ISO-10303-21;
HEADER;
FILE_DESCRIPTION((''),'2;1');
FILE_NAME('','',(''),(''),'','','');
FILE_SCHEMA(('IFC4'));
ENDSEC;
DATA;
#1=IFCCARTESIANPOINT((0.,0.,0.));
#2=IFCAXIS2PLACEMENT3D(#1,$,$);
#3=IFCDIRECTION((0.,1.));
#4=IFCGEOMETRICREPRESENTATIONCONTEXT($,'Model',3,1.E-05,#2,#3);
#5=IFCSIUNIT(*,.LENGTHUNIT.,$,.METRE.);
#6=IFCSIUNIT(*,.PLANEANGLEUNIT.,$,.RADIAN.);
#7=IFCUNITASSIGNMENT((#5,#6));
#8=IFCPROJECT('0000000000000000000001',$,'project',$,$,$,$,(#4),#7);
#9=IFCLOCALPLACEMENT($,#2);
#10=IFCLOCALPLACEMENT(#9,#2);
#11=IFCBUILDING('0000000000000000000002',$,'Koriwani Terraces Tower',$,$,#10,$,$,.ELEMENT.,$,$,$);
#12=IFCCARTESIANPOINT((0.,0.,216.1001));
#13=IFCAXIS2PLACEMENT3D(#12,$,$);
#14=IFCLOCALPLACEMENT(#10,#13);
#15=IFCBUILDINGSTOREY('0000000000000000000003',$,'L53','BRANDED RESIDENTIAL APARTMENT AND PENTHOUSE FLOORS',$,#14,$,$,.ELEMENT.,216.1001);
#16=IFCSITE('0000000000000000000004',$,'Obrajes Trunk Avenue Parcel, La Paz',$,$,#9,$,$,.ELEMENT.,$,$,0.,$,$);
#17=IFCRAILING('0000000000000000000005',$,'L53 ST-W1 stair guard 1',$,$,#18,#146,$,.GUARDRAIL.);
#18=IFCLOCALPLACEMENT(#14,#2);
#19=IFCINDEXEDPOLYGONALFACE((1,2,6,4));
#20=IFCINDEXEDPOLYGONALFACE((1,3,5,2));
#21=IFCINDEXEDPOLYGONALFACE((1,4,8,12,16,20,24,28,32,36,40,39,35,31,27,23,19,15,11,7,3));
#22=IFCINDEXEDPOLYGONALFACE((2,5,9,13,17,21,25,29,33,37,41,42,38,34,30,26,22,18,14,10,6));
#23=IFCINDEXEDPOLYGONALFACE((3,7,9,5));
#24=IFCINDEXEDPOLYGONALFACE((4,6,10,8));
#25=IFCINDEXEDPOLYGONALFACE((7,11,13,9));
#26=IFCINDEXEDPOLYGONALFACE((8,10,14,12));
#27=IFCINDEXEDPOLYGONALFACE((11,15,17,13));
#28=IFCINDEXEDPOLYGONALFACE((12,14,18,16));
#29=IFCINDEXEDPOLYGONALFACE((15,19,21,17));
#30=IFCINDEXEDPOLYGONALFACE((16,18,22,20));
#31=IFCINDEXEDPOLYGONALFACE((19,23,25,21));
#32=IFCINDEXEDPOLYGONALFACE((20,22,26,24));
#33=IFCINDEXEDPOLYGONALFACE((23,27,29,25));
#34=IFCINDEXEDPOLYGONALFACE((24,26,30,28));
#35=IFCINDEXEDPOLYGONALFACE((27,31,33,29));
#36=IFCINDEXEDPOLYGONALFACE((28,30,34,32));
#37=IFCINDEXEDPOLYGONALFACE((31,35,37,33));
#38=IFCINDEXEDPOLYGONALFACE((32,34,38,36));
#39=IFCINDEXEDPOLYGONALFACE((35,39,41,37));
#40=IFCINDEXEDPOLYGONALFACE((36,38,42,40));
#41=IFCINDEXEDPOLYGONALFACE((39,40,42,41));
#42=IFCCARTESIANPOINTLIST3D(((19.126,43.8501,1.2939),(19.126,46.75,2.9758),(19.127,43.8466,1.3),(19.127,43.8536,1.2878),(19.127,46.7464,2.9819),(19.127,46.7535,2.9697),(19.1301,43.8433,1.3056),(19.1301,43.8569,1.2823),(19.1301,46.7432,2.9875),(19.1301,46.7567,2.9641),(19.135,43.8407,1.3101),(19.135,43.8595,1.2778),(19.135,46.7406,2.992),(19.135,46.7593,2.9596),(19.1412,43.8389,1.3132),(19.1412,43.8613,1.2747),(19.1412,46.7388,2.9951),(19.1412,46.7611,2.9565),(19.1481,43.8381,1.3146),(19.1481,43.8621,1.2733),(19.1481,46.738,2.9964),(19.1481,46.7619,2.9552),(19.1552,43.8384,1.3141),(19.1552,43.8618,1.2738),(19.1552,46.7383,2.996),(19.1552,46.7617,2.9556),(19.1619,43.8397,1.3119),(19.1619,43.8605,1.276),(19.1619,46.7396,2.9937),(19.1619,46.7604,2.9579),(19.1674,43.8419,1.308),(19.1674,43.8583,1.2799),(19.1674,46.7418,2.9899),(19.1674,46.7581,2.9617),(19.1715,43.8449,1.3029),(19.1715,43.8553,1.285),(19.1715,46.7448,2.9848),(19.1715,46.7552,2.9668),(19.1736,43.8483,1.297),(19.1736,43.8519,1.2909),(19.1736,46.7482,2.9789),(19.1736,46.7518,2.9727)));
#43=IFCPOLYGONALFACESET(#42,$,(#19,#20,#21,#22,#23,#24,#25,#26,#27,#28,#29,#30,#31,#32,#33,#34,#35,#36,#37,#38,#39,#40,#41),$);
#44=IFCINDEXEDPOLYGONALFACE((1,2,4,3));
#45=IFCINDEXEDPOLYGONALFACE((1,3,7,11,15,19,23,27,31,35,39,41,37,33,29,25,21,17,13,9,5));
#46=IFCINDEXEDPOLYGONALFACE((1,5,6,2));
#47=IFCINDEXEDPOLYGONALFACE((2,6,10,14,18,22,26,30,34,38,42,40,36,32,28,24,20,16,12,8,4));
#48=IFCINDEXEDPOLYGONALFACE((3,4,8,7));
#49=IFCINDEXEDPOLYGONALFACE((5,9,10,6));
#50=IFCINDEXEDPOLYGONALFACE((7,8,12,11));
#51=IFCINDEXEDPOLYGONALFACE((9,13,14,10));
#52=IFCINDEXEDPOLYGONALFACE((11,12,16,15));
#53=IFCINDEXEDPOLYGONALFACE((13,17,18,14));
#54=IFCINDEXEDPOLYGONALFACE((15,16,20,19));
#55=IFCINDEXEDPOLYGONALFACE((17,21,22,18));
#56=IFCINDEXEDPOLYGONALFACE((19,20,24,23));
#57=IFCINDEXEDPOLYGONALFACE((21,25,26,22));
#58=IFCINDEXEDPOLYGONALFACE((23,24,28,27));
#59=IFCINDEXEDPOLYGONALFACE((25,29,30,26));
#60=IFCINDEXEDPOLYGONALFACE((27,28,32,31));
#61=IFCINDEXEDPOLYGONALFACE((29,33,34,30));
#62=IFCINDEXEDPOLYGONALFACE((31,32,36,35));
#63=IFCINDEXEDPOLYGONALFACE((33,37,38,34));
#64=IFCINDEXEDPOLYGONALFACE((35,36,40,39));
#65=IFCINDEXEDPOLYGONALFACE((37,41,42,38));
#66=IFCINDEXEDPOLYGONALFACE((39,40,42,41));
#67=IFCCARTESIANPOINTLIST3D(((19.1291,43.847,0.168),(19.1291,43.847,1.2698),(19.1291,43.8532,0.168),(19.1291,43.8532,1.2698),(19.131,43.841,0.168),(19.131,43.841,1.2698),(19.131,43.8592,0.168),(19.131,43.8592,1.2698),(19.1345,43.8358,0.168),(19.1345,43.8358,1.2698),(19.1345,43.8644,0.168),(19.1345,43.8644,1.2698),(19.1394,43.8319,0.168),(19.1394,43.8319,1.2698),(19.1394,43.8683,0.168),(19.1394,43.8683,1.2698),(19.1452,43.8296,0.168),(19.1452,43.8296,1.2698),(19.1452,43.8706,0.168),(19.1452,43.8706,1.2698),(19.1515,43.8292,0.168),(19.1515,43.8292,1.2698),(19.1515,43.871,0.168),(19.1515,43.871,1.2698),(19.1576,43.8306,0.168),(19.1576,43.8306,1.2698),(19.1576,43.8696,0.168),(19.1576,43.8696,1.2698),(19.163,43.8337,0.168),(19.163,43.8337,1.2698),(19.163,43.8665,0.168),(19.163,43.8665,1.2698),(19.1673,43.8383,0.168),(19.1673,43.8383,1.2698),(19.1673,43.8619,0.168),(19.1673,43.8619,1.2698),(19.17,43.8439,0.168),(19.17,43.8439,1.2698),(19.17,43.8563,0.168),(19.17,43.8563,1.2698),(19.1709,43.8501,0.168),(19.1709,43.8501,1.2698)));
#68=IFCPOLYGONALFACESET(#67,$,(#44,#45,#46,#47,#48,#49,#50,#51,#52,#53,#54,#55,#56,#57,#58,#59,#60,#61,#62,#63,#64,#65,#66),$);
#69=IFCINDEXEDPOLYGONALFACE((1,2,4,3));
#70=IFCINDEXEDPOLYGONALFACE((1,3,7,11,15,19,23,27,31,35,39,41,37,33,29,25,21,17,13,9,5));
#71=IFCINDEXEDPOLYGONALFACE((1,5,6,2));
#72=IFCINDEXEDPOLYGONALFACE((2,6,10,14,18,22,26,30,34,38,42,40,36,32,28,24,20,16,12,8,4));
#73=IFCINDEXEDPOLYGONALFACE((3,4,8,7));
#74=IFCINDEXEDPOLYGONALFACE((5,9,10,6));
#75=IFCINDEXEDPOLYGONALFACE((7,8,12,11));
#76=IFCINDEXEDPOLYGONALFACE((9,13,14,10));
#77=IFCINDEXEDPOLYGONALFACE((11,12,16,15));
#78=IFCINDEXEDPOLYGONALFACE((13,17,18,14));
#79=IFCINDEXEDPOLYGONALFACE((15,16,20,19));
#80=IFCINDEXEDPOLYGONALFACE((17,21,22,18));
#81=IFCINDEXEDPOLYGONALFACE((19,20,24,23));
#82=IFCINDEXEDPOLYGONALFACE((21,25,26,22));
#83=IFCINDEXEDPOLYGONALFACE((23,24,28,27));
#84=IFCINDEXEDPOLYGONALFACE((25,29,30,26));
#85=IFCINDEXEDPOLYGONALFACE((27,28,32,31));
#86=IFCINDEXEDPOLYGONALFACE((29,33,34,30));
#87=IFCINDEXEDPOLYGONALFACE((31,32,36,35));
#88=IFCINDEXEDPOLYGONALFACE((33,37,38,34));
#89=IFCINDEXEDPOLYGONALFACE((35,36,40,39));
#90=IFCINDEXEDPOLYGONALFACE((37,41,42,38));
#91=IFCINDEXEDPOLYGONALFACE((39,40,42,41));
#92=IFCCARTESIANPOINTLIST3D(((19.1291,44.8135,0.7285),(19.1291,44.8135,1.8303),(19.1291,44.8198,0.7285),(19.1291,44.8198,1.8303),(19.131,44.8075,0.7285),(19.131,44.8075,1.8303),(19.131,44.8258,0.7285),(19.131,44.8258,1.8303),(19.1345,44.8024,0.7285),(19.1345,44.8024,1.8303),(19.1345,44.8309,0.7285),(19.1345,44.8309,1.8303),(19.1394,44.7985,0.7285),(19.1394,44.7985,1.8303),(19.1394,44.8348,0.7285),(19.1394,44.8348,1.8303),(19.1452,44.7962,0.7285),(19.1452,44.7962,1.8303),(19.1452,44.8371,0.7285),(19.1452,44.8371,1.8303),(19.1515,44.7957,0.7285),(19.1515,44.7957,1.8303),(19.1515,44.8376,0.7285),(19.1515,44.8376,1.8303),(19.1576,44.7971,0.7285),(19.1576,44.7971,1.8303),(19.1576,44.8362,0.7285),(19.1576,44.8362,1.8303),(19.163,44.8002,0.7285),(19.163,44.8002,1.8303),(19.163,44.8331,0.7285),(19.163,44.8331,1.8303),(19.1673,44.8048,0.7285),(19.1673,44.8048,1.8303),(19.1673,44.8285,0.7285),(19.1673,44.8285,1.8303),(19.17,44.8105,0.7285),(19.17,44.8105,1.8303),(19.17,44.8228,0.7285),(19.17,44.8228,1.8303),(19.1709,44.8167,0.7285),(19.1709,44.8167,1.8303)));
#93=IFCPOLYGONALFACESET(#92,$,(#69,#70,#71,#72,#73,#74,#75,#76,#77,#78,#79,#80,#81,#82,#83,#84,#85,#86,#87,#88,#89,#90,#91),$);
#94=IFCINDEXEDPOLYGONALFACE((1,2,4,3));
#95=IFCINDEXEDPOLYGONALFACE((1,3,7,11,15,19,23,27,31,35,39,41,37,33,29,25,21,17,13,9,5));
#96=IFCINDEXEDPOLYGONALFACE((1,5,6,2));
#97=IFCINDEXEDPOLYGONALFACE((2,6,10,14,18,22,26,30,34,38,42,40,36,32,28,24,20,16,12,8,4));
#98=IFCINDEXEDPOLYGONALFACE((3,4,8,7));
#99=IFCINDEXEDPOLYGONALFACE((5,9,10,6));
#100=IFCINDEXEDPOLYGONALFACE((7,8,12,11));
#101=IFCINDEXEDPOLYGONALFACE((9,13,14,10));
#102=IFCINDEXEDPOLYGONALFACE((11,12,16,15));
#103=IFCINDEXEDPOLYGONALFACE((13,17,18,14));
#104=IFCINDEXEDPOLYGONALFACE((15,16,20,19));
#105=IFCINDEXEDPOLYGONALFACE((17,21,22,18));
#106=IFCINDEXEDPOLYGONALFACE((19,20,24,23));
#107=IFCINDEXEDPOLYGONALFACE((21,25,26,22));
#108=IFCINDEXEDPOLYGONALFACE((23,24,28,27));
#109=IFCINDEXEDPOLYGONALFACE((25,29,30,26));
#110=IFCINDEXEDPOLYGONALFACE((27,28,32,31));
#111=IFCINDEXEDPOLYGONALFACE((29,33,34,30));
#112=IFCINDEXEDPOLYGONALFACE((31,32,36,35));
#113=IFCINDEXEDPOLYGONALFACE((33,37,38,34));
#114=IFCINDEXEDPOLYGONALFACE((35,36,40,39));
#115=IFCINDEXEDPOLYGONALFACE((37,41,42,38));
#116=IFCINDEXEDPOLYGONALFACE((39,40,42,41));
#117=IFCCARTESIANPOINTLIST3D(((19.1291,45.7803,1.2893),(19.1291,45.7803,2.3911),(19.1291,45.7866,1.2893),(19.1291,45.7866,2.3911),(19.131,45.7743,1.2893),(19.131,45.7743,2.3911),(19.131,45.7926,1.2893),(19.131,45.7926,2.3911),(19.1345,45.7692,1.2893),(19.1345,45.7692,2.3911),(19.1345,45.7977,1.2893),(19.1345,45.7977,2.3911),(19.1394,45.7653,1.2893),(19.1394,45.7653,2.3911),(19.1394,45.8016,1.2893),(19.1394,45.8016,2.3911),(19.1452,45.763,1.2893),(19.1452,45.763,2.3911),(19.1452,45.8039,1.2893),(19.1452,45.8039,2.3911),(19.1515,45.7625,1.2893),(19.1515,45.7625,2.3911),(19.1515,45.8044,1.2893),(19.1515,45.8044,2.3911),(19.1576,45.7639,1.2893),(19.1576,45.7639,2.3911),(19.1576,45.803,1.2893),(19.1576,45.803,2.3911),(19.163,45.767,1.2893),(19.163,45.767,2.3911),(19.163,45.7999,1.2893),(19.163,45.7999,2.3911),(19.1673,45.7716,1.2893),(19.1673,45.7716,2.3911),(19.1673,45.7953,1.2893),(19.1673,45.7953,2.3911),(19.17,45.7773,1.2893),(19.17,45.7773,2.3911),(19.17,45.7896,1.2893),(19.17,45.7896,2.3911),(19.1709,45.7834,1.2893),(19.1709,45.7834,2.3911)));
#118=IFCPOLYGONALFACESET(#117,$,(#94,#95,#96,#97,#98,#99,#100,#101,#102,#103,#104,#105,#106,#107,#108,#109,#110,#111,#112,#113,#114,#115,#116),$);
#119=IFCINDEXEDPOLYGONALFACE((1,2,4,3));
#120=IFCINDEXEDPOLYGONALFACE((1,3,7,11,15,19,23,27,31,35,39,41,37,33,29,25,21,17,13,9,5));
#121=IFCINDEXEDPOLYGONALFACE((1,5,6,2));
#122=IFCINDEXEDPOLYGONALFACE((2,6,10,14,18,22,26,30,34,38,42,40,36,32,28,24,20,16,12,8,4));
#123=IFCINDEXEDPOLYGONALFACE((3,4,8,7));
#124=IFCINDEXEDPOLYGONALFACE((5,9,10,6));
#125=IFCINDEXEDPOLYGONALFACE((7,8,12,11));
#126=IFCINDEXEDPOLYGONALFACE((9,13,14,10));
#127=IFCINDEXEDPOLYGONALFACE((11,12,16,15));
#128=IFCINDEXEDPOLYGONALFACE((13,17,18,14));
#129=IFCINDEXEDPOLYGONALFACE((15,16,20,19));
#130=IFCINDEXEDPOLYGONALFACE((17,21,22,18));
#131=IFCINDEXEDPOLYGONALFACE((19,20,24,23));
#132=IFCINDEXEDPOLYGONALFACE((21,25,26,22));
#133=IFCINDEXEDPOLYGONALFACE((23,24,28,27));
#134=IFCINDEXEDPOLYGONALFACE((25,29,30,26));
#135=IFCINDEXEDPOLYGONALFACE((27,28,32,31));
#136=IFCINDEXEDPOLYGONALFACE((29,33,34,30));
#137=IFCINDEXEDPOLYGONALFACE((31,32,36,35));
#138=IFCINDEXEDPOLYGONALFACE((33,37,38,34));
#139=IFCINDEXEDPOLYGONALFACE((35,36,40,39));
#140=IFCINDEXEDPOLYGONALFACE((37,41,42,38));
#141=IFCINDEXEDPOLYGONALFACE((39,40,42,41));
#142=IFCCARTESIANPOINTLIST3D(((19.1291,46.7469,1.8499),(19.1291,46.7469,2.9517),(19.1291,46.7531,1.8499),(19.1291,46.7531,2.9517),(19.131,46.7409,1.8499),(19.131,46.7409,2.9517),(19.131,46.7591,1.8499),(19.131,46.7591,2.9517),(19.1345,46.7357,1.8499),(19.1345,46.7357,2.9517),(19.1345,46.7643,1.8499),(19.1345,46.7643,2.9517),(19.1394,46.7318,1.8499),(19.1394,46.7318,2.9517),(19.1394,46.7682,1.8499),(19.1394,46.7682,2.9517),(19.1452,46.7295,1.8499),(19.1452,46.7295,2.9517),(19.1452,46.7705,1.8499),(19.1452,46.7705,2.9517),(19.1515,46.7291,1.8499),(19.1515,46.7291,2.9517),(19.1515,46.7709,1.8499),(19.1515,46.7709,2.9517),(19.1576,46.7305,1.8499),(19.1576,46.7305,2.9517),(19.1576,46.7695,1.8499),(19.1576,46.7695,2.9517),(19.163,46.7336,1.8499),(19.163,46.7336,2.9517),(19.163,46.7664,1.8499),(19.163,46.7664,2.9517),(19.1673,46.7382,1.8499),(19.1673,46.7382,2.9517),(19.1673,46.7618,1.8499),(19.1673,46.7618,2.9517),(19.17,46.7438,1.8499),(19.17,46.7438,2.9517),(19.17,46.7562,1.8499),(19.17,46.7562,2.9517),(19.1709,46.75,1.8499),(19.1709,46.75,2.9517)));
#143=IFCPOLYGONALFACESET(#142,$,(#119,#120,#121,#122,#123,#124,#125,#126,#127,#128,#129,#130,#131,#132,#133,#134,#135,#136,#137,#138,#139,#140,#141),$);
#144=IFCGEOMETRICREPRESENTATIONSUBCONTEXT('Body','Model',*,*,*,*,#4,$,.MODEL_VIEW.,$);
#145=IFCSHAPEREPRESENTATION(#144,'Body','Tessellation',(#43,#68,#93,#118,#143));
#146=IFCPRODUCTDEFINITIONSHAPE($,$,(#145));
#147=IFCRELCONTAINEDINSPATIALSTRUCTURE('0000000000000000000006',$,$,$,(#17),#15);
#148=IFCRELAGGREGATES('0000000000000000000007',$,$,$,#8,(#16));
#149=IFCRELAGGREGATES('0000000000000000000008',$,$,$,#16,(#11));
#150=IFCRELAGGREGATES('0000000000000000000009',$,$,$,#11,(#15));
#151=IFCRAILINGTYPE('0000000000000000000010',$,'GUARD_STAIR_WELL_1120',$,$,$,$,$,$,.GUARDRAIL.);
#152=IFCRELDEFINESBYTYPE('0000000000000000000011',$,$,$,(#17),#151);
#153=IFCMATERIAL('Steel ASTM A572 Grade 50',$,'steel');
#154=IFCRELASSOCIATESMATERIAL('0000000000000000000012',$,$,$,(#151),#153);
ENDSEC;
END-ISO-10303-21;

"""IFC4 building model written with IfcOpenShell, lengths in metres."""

from ifc_helpers import new_model, si_unit, direction, frame, origin, origin_2d, place, context, subcontext, project, spatial, circle, extrude, material, type_object, element, save


model = new_model("IFC4")

# Units and contexts
model_context = context("Model", 3, precision=1e-05, world=origin(), true_north=direction((0.0, 1.0)))
body_context = subcontext(model_context, "Body", "Model", "MODEL_VIEW")
ifc_project = project(units=[si_unit("LENGTHUNIT", "METRE"), si_unit("PLANEANGLEUNIT", "RADIAN")], contexts=[model_context])

# Site, building, storey
site_placement = place(None, origin())
site = spatial("IfcSite", under=ifc_project, at=site_placement, Name="Obrajes Trunk Avenue Parcel, La Paz", CompositionType="ELEMENT", RefElevation=0.0)
building_placement = place(site_placement, origin())
building = spatial("IfcBuilding", under=site, at=building_placement, Name="Koriwani Terraces Tower", CompositionType="ELEMENT")
storey_placement = place(building_placement, frame((0.0, 0.0, 216.1001)))
storey = spatial("IfcBuildingStorey", under=building, at=storey_placement, Name="L53", Description="BRANDED RESIDENTIAL APARTMENT AND PENTHOUSE FLOORS", CompositionType="ELEMENT", Elevation=216.1001)

# Shared definitions
ifc_material_1 = material(Name="Steel ASTM A572 Grade 50", Category="steel")

# Railing
railing_type_1 = type_object("IfcRailingType", Name="GUARD_STAIR_WELL_1120", PredefinedType="GUARDRAIL", material=ifc_material_1)
railing_1_placement = place(storey_placement, frame((19.1499, 43.8501, 0.168)))
element("IfcRailing", 1, at=railing_1_placement, inside=storey, type_object=railing_type_1, Name="L53 ST-W1 stair guard 1", PredefinedType="GUARDRAIL", context=body_context, shape_type="SweptSolid", body=[
    extrude(circle(Radius=0.0239, at=origin_2d()), frame((0.0, 0.0, 1.126), z_axis=(0.0, 0.865039, 0.501705), x_axis=(-1.0, 0.0, 0.0)), (0.0, 0.0, 1.0), 3.3523),
    extrude(circle(Radius=0.021, at=origin_2d()), origin(), (0.0, 0.0, 1.0), 1.1018),
    extrude(circle(Radius=0.021, at=origin_2d()), frame((0.0, 0.9666, 0.5605)), (0.0, 0.0, 1.0), 1.1018),
    extrude(circle(Radius=0.021, at=origin_2d()), frame((0.0, 1.9333, 1.1213)), (0.0, 0.0, 1.0), 1.1018),
    extrude(circle(Radius=0.021, at=origin_2d()), frame((0.0, 2.8999, 1.6819)), (0.0, 0.0, 1.0), 1.1018),
])

save(model, "model.ifc")
